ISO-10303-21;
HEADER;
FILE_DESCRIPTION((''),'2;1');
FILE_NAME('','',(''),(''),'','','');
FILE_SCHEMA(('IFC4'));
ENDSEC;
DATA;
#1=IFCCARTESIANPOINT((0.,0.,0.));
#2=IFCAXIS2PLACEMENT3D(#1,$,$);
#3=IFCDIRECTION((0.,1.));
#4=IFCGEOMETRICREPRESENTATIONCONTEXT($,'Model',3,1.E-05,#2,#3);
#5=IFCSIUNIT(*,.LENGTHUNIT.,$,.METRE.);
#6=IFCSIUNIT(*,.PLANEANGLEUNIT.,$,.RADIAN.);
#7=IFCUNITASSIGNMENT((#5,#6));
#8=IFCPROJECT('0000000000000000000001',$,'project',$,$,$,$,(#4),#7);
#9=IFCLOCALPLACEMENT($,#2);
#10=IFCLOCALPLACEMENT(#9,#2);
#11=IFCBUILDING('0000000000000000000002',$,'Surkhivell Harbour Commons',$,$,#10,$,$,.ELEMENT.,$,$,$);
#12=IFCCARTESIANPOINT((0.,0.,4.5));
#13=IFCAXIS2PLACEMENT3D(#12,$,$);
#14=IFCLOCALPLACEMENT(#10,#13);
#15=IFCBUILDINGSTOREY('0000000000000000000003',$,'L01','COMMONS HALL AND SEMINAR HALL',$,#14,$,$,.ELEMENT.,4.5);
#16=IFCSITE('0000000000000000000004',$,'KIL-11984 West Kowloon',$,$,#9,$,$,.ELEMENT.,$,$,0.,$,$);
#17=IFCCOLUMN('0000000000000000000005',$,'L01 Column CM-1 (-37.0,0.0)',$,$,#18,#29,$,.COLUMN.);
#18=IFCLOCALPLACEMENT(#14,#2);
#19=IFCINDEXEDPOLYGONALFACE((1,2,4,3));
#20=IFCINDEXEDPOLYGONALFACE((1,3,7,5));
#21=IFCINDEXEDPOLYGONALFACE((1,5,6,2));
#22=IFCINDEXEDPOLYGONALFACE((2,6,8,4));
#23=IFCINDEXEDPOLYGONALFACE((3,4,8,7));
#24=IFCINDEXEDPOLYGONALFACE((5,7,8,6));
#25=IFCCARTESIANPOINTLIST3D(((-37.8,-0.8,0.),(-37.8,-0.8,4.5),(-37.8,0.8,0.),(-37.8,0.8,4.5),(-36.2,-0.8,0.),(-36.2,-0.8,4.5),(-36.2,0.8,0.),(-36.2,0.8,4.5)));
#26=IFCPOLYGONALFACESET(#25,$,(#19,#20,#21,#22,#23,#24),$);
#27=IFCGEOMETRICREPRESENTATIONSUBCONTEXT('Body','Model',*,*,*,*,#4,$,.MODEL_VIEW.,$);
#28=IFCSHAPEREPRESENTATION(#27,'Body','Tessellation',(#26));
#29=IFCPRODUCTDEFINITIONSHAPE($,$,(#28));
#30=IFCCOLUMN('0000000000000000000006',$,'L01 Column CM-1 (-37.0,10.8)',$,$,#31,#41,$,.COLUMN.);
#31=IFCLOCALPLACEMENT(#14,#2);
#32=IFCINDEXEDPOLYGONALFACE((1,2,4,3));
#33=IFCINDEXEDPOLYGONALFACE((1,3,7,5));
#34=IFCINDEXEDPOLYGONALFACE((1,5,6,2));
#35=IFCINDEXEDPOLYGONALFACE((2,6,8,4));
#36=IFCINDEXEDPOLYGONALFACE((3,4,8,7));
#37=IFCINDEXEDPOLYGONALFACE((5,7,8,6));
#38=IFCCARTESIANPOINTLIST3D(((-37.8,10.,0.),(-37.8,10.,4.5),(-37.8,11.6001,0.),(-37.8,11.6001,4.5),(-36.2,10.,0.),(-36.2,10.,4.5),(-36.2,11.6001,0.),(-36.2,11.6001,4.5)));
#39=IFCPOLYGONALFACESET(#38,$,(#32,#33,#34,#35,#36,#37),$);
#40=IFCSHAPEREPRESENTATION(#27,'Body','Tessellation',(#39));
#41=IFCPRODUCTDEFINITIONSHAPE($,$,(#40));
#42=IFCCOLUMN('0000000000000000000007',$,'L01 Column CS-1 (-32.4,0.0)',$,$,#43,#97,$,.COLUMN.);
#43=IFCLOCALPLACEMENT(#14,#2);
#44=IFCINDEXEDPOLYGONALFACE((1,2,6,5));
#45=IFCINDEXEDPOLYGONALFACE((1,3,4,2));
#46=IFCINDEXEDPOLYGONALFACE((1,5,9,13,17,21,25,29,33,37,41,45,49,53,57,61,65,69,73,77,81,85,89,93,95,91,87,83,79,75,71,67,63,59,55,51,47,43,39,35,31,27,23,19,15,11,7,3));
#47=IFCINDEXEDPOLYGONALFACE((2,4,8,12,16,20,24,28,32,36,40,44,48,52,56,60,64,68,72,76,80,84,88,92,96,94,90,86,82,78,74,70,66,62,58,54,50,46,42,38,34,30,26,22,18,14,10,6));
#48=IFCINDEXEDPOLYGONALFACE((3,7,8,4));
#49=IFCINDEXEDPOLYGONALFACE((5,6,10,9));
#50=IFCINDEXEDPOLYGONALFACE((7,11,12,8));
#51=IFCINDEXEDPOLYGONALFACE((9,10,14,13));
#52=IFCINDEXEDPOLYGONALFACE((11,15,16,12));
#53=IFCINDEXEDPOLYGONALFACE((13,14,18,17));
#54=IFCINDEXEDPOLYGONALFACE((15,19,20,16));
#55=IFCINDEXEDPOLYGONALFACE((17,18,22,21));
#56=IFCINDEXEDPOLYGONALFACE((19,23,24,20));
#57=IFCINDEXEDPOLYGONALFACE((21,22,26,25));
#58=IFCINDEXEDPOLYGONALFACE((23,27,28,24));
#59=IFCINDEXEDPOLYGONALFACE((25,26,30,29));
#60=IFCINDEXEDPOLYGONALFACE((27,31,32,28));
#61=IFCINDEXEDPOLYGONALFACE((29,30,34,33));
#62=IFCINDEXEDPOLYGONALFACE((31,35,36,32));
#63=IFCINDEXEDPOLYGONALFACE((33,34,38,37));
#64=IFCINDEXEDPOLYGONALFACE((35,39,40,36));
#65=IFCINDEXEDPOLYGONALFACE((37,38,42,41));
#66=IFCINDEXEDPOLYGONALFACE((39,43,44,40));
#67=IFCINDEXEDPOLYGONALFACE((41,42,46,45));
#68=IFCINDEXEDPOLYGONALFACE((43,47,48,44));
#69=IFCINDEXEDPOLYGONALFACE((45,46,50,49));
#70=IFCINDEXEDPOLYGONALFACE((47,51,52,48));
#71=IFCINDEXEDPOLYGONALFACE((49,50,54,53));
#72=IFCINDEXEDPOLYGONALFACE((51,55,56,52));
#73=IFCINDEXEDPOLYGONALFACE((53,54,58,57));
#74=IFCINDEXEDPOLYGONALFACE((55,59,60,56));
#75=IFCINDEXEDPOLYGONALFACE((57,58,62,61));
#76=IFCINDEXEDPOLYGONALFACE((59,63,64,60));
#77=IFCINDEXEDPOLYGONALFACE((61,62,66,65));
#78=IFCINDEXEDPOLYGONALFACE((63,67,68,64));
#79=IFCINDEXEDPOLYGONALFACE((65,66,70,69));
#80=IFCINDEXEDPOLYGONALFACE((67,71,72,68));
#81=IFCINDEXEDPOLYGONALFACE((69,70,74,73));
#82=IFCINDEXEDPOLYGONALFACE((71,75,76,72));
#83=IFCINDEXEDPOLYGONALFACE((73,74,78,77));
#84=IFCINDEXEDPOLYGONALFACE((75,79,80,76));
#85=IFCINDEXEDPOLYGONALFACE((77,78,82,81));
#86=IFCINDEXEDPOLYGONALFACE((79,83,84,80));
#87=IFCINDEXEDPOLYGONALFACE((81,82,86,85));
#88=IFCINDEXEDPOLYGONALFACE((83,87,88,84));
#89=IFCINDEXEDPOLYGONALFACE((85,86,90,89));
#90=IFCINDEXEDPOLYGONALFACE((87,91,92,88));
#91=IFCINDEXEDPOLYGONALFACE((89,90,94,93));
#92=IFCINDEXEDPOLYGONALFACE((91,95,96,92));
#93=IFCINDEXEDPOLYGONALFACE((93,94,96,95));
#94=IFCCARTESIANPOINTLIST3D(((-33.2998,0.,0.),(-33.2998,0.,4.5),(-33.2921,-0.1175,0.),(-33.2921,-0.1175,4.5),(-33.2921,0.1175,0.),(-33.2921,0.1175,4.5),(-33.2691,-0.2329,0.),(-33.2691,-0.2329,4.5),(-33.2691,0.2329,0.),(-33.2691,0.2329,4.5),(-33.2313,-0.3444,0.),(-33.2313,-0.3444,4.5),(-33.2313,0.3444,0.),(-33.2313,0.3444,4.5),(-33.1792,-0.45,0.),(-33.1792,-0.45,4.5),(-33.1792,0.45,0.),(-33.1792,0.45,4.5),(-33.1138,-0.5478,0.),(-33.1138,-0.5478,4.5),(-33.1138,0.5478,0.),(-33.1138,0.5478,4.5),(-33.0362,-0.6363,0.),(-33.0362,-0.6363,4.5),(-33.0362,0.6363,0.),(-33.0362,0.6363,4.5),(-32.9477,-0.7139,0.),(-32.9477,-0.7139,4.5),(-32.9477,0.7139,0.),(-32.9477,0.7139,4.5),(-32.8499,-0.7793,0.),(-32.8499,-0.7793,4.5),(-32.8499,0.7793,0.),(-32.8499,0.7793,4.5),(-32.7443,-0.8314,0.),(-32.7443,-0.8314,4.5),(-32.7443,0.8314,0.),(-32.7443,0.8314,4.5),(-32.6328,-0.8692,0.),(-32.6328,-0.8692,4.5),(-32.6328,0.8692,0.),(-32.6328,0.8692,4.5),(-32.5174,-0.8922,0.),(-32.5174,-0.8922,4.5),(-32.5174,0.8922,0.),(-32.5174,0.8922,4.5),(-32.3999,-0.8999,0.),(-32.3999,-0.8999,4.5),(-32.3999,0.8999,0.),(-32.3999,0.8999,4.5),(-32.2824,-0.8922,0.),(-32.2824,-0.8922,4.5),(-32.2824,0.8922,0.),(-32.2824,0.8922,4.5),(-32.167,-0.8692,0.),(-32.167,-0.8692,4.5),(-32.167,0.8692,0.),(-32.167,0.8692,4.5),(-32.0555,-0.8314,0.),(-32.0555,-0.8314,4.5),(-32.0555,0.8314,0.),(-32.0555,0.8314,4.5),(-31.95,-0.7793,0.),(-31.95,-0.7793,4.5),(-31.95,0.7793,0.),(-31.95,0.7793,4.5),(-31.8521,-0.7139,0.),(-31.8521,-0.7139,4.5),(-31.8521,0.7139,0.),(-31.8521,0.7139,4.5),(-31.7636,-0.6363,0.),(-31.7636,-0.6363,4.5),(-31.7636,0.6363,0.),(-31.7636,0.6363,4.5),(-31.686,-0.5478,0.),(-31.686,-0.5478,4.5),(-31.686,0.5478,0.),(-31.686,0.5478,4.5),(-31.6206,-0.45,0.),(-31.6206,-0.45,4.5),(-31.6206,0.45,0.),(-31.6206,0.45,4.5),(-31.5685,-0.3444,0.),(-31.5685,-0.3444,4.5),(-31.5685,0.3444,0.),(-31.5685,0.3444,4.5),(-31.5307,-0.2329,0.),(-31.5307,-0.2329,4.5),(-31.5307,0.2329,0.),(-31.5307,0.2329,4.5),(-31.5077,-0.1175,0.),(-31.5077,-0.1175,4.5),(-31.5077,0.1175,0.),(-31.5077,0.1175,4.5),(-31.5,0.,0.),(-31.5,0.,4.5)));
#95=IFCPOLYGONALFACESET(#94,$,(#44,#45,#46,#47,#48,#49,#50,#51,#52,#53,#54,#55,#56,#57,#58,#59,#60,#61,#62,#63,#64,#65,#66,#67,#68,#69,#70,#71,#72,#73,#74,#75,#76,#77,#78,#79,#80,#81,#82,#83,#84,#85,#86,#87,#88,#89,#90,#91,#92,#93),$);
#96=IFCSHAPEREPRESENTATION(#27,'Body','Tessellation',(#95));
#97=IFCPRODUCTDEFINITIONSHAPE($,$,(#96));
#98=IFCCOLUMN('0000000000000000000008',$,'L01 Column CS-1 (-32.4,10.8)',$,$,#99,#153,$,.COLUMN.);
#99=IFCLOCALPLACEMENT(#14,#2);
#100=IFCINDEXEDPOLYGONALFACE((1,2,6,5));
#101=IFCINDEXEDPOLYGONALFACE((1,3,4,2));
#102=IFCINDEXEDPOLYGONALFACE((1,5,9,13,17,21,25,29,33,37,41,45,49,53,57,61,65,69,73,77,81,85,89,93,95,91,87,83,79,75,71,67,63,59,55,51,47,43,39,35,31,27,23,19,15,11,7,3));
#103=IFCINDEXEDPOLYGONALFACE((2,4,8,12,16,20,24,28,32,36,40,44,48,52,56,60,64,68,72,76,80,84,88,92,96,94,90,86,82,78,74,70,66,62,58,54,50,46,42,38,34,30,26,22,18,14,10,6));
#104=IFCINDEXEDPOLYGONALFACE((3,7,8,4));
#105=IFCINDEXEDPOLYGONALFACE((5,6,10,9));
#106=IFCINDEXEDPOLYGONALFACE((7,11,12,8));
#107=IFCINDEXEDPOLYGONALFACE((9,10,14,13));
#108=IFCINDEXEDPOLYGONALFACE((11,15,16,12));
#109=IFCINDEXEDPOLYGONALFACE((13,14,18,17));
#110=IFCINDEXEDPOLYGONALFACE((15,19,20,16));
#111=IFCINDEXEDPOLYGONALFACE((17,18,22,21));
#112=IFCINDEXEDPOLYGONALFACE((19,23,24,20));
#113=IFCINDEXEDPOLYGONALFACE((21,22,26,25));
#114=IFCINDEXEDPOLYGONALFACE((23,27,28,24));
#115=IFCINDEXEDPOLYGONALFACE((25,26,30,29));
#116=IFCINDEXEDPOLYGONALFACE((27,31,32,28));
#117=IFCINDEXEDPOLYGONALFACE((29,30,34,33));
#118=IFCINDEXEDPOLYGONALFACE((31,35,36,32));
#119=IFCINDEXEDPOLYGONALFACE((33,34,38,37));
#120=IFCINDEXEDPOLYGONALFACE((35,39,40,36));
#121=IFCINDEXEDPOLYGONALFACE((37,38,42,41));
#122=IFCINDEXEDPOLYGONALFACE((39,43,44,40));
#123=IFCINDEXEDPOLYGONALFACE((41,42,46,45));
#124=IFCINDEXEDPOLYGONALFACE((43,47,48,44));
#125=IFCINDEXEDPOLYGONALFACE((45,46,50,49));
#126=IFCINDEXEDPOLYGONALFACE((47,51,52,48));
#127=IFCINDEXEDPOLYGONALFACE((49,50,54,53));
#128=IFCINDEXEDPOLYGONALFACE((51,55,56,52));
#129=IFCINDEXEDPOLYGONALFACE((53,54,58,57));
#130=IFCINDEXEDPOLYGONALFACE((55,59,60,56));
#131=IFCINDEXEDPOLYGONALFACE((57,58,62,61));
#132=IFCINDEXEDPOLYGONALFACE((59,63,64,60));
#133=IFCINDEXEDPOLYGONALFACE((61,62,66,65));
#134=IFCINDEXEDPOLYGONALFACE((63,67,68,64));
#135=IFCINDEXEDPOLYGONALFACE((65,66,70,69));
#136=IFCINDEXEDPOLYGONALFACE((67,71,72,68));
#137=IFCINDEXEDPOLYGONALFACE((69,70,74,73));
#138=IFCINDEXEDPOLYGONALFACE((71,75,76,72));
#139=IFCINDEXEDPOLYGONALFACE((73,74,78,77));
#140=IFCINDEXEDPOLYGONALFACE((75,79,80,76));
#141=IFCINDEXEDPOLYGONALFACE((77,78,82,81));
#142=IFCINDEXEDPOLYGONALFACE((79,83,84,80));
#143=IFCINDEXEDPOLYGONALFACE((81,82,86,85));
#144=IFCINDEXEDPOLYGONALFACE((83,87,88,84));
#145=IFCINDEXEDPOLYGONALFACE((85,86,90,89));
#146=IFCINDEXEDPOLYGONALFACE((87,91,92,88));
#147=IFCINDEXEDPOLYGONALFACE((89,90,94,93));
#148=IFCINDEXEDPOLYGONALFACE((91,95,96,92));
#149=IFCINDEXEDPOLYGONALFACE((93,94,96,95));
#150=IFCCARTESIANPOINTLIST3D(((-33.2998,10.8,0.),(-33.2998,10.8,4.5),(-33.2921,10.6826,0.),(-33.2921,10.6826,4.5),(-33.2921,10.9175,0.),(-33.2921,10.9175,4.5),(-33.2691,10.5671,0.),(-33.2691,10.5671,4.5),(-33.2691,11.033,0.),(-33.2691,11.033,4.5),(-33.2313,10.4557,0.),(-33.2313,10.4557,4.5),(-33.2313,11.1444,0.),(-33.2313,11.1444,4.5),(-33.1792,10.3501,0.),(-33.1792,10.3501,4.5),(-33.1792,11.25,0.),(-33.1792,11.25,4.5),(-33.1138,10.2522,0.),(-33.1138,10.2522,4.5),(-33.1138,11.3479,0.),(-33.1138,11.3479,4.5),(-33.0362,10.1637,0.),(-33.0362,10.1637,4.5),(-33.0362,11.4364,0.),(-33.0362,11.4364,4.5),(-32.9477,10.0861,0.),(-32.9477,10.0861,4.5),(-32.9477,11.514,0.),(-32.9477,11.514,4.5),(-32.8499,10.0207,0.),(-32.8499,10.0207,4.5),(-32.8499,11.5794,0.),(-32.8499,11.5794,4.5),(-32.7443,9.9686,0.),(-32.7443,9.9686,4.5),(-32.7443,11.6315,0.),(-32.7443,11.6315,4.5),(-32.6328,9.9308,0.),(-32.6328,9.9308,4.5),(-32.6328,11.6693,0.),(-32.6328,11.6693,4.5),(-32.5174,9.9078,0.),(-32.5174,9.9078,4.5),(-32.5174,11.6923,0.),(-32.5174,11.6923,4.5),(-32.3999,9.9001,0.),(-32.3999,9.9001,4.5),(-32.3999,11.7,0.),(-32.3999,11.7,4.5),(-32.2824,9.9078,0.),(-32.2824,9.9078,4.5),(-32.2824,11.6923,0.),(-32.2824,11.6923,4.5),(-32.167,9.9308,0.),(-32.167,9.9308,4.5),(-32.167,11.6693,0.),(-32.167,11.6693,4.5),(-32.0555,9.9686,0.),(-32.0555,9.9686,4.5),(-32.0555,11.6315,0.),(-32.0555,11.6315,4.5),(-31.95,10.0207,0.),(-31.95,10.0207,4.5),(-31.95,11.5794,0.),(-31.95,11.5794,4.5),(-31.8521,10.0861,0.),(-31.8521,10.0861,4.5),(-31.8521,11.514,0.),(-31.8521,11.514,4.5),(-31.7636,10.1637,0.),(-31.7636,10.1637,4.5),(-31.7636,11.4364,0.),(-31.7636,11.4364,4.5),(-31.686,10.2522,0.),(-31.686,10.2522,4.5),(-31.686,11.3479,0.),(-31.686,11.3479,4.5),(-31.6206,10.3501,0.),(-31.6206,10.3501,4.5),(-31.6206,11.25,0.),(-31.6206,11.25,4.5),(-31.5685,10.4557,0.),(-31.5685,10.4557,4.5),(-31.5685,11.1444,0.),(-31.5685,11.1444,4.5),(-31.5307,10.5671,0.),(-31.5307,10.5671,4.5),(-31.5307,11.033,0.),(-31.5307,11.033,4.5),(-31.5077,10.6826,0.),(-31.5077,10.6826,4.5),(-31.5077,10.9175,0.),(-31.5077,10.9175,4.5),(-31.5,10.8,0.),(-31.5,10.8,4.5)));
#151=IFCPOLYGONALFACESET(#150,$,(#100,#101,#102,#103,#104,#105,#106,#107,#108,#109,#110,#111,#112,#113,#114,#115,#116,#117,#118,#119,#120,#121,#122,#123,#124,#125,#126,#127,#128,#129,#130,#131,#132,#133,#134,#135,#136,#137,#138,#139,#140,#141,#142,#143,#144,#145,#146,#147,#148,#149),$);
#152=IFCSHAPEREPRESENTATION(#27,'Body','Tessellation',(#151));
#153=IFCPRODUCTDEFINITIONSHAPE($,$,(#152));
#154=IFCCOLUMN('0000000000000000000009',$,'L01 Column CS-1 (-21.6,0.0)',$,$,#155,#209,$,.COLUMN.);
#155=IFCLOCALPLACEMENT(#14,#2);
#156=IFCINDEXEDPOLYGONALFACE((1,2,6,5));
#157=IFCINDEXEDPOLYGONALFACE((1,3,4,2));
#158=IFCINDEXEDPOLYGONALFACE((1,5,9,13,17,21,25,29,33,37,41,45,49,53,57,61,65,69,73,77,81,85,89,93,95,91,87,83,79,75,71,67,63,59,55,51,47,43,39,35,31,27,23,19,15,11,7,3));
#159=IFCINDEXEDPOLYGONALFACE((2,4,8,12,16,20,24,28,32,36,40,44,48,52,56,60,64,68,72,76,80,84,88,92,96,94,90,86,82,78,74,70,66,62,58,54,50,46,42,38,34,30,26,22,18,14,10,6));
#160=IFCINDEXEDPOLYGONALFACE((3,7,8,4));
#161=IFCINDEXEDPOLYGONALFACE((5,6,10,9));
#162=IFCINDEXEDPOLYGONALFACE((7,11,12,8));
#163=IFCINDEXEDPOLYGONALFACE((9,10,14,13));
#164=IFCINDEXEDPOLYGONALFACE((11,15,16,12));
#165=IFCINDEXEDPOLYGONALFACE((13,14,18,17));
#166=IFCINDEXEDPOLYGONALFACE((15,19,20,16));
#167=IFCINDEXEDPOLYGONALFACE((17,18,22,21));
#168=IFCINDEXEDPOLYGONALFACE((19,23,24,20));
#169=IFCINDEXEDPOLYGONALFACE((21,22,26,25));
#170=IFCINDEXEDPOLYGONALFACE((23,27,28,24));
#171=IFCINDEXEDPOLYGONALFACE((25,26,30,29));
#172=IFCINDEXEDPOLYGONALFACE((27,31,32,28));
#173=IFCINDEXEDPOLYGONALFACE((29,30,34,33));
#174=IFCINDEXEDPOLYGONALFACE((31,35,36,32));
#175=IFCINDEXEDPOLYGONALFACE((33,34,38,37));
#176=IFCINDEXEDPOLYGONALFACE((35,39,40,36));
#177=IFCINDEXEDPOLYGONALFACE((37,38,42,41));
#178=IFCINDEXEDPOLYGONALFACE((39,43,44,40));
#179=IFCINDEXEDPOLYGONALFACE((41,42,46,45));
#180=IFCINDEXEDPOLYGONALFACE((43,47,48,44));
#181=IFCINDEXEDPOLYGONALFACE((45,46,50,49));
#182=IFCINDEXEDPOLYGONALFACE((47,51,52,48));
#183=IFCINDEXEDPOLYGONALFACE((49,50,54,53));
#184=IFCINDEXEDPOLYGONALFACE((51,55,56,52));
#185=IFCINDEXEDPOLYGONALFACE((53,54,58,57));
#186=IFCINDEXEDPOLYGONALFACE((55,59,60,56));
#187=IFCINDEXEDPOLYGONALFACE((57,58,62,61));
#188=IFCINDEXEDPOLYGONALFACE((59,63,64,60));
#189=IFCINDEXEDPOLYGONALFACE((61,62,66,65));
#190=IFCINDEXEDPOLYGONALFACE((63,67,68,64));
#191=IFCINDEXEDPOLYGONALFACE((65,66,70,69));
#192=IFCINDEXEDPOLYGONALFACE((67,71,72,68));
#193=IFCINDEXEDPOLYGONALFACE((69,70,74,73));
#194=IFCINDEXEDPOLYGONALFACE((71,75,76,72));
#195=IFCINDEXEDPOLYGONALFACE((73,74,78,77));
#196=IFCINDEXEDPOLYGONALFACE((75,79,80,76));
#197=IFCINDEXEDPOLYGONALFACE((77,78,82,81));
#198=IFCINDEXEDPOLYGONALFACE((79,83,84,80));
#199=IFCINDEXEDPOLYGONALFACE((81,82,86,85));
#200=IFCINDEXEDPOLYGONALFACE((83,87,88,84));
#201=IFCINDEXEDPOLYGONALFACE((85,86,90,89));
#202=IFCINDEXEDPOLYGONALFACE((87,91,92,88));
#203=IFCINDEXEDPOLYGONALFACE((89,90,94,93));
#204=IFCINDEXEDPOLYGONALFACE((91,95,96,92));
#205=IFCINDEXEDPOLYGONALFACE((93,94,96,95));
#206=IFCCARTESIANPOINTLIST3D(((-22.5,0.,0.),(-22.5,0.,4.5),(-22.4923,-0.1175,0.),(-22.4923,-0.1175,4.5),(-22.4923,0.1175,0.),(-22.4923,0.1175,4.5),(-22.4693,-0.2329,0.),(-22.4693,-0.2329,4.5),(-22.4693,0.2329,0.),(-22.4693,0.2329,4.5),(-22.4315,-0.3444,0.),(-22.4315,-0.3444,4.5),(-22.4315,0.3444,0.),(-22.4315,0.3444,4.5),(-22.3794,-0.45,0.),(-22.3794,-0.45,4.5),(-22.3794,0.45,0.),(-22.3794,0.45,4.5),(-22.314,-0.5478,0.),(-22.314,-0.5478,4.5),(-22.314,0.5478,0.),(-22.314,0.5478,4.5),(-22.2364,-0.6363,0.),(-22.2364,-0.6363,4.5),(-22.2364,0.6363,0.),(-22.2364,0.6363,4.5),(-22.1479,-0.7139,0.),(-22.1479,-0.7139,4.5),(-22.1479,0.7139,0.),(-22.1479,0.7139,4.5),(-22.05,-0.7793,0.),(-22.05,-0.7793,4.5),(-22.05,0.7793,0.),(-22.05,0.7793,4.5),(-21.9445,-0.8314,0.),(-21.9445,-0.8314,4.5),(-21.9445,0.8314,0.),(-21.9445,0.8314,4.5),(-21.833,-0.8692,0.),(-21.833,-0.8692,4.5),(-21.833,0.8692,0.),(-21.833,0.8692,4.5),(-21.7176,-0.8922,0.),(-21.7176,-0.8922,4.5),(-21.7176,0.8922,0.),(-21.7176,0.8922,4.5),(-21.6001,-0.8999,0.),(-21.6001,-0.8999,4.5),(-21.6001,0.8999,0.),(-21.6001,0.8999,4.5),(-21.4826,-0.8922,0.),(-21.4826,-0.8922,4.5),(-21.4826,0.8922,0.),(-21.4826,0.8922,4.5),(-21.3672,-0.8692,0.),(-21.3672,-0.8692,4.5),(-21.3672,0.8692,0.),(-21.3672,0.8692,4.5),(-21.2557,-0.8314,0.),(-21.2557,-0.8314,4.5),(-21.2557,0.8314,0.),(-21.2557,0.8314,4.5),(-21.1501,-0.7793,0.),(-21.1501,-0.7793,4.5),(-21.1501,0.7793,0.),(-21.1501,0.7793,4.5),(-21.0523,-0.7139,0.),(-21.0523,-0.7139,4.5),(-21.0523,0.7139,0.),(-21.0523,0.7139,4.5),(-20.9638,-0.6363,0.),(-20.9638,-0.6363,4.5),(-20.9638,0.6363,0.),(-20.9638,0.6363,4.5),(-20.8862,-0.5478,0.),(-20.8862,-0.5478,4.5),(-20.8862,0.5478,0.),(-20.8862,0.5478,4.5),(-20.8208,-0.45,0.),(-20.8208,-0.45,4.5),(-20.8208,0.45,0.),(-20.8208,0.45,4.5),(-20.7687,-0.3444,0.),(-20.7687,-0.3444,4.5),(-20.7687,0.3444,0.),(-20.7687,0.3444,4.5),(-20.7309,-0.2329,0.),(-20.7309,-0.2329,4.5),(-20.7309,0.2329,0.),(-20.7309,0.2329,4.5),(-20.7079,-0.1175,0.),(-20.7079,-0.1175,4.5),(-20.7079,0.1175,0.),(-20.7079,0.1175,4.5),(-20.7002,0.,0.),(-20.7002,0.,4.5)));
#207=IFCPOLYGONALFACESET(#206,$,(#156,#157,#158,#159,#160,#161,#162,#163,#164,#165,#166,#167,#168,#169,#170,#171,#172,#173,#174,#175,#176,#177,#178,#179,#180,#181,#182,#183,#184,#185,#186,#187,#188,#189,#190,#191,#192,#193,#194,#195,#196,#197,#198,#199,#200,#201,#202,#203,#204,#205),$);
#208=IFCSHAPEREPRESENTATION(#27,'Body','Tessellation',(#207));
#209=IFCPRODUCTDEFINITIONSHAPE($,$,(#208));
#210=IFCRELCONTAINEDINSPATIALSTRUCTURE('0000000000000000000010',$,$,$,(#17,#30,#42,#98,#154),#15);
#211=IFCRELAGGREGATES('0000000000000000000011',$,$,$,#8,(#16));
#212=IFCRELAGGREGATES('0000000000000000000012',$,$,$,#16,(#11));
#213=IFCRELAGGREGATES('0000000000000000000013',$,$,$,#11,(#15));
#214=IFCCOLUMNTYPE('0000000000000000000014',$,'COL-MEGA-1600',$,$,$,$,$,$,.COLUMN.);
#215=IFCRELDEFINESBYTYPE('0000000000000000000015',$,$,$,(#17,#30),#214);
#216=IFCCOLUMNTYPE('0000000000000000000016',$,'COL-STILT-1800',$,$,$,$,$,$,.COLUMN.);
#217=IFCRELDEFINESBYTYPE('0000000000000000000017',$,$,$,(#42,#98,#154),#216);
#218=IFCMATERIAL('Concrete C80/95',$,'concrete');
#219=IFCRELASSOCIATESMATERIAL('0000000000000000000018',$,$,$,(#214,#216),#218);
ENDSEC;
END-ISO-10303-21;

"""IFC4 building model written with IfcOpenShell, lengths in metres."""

from ifc_helpers import new_model, si_unit, direction, frame, origin, origin_2d, place, context, subcontext, project, spatial, rectangle, circle, extrude, material, material_profile, profile_set, type_object, element, save


model = new_model("IFC4")

# Units and contexts
model_context = context("Model", 3, precision=1e-05, world=origin(), true_north=direction((0.0, 1.0)))
body_context = subcontext(model_context, "Body", "Model", "MODEL_VIEW")
ifc_project = project(units=[si_unit("LENGTHUNIT", "METRE"), si_unit("PLANEANGLEUNIT", "RADIAN")], contexts=[model_context])

# Site, building, storey
site_placement = place(None, origin())
site = spatial("IfcSite", under=ifc_project, at=site_placement, Name="KIL-11984 West Kowloon", CompositionType="ELEMENT", RefElevation=0.0)
building_placement = place(site_placement, origin())
building = spatial("IfcBuilding", under=site, at=building_placement, Name="Surkhivell Harbour Commons", CompositionType="ELEMENT")
storey_placement = place(building_placement, frame((0.0, 0.0, 4.5)))
storey = spatial("IfcBuildingStorey", under=building, at=storey_placement, Name="L01", Description="COMMONS HALL AND SEMINAR HALL", CompositionType="ELEMENT", Elevation=4.5)

# Columns
ifc_material_1 = material(Name="Concrete C80/95", Category="concrete")
ifc_material_profile_1 = material_profile(ifc_material_1, rectangle(XDim=1.6001, YDim=1.6001, at=origin_2d()), Name="RC-COL-1600x1600")
ifc_profile_set_1 = profile_set([ifc_material_profile_1], Name="Concrete C80/95")
column_type_1 = type_object("IfcColumnType", Name="COL-MEGA-1600", PredefinedType="COLUMN", material=ifc_profile_set_1)
for number, where, z_axis, x_axis, name in (
    (1, (-37.0, 0.0, 0.0), (0.0, 0.0, 1.0), (1.0, 0.0, 0.0), "L01 Column CM-1 (-37.0,0.0)"),
    (2, (-37.0, 10.8, 0.0), (0.0, 0.0, 1.0), (1.0, 0.0, 0.0), "L01 Column CM-1 (-37.0,10.8)"),
):
    element("IfcColumn", number, at=place(storey_placement, frame(where, z_axis=z_axis, x_axis=x_axis)), inside=storey, type_object=column_type_1, Name=name, PredefinedType="COLUMN", context=body_context, shape_type="SweptSolid", body=[
        extrude(rectangle(XDim=1.6001, YDim=1.6001, at=origin_2d()), origin(), (0.0, 0.0, 1.0), 4.5),
    ])
ifc_material_profile_2 = material_profile(ifc_material_1, circle(Radius=0.8999, at=origin_2d()), Name="RC-CIRC-1800")
ifc_profile_set_2 = profile_set([ifc_material_profile_2], Name="Concrete C80/95")
column_type_2 = type_object("IfcColumnType", Name="COL-STILT-1800", PredefinedType="COLUMN", material=ifc_profile_set_2)
for number, where, z_axis, x_axis, name in (
    (3, (-32.3999, 0.0, 0.0), (0.0, 0.0, 1.0), (1.0, 0.0, 0.0), "L01 Column CS-1 (-32.4,0.0)"),
    (4, (-32.3999, 10.8, 0.0), (0.0, 0.0, 1.0), (1.0, 0.0, 0.0), "L01 Column CS-1 (-32.4,10.8)"),
    (5, (-21.6001, 0.0, 0.0), (0.0, 0.0, 1.0), (1.0, 0.0, 0.0), "L01 Column CS-1 (-21.6,0.0)"),
):
    element("IfcColumn", number, at=place(storey_placement, frame(where, z_axis=z_axis, x_axis=x_axis)), inside=storey, type_object=column_type_2, Name=name, PredefinedType="COLUMN", context=body_context, shape_type="SweptSolid", body=[
        extrude(circle(Radius=0.8999, at=origin_2d()), origin(), (0.0, 0.0, 1.0), 4.5),
    ])

save(model, "model.ifc")
